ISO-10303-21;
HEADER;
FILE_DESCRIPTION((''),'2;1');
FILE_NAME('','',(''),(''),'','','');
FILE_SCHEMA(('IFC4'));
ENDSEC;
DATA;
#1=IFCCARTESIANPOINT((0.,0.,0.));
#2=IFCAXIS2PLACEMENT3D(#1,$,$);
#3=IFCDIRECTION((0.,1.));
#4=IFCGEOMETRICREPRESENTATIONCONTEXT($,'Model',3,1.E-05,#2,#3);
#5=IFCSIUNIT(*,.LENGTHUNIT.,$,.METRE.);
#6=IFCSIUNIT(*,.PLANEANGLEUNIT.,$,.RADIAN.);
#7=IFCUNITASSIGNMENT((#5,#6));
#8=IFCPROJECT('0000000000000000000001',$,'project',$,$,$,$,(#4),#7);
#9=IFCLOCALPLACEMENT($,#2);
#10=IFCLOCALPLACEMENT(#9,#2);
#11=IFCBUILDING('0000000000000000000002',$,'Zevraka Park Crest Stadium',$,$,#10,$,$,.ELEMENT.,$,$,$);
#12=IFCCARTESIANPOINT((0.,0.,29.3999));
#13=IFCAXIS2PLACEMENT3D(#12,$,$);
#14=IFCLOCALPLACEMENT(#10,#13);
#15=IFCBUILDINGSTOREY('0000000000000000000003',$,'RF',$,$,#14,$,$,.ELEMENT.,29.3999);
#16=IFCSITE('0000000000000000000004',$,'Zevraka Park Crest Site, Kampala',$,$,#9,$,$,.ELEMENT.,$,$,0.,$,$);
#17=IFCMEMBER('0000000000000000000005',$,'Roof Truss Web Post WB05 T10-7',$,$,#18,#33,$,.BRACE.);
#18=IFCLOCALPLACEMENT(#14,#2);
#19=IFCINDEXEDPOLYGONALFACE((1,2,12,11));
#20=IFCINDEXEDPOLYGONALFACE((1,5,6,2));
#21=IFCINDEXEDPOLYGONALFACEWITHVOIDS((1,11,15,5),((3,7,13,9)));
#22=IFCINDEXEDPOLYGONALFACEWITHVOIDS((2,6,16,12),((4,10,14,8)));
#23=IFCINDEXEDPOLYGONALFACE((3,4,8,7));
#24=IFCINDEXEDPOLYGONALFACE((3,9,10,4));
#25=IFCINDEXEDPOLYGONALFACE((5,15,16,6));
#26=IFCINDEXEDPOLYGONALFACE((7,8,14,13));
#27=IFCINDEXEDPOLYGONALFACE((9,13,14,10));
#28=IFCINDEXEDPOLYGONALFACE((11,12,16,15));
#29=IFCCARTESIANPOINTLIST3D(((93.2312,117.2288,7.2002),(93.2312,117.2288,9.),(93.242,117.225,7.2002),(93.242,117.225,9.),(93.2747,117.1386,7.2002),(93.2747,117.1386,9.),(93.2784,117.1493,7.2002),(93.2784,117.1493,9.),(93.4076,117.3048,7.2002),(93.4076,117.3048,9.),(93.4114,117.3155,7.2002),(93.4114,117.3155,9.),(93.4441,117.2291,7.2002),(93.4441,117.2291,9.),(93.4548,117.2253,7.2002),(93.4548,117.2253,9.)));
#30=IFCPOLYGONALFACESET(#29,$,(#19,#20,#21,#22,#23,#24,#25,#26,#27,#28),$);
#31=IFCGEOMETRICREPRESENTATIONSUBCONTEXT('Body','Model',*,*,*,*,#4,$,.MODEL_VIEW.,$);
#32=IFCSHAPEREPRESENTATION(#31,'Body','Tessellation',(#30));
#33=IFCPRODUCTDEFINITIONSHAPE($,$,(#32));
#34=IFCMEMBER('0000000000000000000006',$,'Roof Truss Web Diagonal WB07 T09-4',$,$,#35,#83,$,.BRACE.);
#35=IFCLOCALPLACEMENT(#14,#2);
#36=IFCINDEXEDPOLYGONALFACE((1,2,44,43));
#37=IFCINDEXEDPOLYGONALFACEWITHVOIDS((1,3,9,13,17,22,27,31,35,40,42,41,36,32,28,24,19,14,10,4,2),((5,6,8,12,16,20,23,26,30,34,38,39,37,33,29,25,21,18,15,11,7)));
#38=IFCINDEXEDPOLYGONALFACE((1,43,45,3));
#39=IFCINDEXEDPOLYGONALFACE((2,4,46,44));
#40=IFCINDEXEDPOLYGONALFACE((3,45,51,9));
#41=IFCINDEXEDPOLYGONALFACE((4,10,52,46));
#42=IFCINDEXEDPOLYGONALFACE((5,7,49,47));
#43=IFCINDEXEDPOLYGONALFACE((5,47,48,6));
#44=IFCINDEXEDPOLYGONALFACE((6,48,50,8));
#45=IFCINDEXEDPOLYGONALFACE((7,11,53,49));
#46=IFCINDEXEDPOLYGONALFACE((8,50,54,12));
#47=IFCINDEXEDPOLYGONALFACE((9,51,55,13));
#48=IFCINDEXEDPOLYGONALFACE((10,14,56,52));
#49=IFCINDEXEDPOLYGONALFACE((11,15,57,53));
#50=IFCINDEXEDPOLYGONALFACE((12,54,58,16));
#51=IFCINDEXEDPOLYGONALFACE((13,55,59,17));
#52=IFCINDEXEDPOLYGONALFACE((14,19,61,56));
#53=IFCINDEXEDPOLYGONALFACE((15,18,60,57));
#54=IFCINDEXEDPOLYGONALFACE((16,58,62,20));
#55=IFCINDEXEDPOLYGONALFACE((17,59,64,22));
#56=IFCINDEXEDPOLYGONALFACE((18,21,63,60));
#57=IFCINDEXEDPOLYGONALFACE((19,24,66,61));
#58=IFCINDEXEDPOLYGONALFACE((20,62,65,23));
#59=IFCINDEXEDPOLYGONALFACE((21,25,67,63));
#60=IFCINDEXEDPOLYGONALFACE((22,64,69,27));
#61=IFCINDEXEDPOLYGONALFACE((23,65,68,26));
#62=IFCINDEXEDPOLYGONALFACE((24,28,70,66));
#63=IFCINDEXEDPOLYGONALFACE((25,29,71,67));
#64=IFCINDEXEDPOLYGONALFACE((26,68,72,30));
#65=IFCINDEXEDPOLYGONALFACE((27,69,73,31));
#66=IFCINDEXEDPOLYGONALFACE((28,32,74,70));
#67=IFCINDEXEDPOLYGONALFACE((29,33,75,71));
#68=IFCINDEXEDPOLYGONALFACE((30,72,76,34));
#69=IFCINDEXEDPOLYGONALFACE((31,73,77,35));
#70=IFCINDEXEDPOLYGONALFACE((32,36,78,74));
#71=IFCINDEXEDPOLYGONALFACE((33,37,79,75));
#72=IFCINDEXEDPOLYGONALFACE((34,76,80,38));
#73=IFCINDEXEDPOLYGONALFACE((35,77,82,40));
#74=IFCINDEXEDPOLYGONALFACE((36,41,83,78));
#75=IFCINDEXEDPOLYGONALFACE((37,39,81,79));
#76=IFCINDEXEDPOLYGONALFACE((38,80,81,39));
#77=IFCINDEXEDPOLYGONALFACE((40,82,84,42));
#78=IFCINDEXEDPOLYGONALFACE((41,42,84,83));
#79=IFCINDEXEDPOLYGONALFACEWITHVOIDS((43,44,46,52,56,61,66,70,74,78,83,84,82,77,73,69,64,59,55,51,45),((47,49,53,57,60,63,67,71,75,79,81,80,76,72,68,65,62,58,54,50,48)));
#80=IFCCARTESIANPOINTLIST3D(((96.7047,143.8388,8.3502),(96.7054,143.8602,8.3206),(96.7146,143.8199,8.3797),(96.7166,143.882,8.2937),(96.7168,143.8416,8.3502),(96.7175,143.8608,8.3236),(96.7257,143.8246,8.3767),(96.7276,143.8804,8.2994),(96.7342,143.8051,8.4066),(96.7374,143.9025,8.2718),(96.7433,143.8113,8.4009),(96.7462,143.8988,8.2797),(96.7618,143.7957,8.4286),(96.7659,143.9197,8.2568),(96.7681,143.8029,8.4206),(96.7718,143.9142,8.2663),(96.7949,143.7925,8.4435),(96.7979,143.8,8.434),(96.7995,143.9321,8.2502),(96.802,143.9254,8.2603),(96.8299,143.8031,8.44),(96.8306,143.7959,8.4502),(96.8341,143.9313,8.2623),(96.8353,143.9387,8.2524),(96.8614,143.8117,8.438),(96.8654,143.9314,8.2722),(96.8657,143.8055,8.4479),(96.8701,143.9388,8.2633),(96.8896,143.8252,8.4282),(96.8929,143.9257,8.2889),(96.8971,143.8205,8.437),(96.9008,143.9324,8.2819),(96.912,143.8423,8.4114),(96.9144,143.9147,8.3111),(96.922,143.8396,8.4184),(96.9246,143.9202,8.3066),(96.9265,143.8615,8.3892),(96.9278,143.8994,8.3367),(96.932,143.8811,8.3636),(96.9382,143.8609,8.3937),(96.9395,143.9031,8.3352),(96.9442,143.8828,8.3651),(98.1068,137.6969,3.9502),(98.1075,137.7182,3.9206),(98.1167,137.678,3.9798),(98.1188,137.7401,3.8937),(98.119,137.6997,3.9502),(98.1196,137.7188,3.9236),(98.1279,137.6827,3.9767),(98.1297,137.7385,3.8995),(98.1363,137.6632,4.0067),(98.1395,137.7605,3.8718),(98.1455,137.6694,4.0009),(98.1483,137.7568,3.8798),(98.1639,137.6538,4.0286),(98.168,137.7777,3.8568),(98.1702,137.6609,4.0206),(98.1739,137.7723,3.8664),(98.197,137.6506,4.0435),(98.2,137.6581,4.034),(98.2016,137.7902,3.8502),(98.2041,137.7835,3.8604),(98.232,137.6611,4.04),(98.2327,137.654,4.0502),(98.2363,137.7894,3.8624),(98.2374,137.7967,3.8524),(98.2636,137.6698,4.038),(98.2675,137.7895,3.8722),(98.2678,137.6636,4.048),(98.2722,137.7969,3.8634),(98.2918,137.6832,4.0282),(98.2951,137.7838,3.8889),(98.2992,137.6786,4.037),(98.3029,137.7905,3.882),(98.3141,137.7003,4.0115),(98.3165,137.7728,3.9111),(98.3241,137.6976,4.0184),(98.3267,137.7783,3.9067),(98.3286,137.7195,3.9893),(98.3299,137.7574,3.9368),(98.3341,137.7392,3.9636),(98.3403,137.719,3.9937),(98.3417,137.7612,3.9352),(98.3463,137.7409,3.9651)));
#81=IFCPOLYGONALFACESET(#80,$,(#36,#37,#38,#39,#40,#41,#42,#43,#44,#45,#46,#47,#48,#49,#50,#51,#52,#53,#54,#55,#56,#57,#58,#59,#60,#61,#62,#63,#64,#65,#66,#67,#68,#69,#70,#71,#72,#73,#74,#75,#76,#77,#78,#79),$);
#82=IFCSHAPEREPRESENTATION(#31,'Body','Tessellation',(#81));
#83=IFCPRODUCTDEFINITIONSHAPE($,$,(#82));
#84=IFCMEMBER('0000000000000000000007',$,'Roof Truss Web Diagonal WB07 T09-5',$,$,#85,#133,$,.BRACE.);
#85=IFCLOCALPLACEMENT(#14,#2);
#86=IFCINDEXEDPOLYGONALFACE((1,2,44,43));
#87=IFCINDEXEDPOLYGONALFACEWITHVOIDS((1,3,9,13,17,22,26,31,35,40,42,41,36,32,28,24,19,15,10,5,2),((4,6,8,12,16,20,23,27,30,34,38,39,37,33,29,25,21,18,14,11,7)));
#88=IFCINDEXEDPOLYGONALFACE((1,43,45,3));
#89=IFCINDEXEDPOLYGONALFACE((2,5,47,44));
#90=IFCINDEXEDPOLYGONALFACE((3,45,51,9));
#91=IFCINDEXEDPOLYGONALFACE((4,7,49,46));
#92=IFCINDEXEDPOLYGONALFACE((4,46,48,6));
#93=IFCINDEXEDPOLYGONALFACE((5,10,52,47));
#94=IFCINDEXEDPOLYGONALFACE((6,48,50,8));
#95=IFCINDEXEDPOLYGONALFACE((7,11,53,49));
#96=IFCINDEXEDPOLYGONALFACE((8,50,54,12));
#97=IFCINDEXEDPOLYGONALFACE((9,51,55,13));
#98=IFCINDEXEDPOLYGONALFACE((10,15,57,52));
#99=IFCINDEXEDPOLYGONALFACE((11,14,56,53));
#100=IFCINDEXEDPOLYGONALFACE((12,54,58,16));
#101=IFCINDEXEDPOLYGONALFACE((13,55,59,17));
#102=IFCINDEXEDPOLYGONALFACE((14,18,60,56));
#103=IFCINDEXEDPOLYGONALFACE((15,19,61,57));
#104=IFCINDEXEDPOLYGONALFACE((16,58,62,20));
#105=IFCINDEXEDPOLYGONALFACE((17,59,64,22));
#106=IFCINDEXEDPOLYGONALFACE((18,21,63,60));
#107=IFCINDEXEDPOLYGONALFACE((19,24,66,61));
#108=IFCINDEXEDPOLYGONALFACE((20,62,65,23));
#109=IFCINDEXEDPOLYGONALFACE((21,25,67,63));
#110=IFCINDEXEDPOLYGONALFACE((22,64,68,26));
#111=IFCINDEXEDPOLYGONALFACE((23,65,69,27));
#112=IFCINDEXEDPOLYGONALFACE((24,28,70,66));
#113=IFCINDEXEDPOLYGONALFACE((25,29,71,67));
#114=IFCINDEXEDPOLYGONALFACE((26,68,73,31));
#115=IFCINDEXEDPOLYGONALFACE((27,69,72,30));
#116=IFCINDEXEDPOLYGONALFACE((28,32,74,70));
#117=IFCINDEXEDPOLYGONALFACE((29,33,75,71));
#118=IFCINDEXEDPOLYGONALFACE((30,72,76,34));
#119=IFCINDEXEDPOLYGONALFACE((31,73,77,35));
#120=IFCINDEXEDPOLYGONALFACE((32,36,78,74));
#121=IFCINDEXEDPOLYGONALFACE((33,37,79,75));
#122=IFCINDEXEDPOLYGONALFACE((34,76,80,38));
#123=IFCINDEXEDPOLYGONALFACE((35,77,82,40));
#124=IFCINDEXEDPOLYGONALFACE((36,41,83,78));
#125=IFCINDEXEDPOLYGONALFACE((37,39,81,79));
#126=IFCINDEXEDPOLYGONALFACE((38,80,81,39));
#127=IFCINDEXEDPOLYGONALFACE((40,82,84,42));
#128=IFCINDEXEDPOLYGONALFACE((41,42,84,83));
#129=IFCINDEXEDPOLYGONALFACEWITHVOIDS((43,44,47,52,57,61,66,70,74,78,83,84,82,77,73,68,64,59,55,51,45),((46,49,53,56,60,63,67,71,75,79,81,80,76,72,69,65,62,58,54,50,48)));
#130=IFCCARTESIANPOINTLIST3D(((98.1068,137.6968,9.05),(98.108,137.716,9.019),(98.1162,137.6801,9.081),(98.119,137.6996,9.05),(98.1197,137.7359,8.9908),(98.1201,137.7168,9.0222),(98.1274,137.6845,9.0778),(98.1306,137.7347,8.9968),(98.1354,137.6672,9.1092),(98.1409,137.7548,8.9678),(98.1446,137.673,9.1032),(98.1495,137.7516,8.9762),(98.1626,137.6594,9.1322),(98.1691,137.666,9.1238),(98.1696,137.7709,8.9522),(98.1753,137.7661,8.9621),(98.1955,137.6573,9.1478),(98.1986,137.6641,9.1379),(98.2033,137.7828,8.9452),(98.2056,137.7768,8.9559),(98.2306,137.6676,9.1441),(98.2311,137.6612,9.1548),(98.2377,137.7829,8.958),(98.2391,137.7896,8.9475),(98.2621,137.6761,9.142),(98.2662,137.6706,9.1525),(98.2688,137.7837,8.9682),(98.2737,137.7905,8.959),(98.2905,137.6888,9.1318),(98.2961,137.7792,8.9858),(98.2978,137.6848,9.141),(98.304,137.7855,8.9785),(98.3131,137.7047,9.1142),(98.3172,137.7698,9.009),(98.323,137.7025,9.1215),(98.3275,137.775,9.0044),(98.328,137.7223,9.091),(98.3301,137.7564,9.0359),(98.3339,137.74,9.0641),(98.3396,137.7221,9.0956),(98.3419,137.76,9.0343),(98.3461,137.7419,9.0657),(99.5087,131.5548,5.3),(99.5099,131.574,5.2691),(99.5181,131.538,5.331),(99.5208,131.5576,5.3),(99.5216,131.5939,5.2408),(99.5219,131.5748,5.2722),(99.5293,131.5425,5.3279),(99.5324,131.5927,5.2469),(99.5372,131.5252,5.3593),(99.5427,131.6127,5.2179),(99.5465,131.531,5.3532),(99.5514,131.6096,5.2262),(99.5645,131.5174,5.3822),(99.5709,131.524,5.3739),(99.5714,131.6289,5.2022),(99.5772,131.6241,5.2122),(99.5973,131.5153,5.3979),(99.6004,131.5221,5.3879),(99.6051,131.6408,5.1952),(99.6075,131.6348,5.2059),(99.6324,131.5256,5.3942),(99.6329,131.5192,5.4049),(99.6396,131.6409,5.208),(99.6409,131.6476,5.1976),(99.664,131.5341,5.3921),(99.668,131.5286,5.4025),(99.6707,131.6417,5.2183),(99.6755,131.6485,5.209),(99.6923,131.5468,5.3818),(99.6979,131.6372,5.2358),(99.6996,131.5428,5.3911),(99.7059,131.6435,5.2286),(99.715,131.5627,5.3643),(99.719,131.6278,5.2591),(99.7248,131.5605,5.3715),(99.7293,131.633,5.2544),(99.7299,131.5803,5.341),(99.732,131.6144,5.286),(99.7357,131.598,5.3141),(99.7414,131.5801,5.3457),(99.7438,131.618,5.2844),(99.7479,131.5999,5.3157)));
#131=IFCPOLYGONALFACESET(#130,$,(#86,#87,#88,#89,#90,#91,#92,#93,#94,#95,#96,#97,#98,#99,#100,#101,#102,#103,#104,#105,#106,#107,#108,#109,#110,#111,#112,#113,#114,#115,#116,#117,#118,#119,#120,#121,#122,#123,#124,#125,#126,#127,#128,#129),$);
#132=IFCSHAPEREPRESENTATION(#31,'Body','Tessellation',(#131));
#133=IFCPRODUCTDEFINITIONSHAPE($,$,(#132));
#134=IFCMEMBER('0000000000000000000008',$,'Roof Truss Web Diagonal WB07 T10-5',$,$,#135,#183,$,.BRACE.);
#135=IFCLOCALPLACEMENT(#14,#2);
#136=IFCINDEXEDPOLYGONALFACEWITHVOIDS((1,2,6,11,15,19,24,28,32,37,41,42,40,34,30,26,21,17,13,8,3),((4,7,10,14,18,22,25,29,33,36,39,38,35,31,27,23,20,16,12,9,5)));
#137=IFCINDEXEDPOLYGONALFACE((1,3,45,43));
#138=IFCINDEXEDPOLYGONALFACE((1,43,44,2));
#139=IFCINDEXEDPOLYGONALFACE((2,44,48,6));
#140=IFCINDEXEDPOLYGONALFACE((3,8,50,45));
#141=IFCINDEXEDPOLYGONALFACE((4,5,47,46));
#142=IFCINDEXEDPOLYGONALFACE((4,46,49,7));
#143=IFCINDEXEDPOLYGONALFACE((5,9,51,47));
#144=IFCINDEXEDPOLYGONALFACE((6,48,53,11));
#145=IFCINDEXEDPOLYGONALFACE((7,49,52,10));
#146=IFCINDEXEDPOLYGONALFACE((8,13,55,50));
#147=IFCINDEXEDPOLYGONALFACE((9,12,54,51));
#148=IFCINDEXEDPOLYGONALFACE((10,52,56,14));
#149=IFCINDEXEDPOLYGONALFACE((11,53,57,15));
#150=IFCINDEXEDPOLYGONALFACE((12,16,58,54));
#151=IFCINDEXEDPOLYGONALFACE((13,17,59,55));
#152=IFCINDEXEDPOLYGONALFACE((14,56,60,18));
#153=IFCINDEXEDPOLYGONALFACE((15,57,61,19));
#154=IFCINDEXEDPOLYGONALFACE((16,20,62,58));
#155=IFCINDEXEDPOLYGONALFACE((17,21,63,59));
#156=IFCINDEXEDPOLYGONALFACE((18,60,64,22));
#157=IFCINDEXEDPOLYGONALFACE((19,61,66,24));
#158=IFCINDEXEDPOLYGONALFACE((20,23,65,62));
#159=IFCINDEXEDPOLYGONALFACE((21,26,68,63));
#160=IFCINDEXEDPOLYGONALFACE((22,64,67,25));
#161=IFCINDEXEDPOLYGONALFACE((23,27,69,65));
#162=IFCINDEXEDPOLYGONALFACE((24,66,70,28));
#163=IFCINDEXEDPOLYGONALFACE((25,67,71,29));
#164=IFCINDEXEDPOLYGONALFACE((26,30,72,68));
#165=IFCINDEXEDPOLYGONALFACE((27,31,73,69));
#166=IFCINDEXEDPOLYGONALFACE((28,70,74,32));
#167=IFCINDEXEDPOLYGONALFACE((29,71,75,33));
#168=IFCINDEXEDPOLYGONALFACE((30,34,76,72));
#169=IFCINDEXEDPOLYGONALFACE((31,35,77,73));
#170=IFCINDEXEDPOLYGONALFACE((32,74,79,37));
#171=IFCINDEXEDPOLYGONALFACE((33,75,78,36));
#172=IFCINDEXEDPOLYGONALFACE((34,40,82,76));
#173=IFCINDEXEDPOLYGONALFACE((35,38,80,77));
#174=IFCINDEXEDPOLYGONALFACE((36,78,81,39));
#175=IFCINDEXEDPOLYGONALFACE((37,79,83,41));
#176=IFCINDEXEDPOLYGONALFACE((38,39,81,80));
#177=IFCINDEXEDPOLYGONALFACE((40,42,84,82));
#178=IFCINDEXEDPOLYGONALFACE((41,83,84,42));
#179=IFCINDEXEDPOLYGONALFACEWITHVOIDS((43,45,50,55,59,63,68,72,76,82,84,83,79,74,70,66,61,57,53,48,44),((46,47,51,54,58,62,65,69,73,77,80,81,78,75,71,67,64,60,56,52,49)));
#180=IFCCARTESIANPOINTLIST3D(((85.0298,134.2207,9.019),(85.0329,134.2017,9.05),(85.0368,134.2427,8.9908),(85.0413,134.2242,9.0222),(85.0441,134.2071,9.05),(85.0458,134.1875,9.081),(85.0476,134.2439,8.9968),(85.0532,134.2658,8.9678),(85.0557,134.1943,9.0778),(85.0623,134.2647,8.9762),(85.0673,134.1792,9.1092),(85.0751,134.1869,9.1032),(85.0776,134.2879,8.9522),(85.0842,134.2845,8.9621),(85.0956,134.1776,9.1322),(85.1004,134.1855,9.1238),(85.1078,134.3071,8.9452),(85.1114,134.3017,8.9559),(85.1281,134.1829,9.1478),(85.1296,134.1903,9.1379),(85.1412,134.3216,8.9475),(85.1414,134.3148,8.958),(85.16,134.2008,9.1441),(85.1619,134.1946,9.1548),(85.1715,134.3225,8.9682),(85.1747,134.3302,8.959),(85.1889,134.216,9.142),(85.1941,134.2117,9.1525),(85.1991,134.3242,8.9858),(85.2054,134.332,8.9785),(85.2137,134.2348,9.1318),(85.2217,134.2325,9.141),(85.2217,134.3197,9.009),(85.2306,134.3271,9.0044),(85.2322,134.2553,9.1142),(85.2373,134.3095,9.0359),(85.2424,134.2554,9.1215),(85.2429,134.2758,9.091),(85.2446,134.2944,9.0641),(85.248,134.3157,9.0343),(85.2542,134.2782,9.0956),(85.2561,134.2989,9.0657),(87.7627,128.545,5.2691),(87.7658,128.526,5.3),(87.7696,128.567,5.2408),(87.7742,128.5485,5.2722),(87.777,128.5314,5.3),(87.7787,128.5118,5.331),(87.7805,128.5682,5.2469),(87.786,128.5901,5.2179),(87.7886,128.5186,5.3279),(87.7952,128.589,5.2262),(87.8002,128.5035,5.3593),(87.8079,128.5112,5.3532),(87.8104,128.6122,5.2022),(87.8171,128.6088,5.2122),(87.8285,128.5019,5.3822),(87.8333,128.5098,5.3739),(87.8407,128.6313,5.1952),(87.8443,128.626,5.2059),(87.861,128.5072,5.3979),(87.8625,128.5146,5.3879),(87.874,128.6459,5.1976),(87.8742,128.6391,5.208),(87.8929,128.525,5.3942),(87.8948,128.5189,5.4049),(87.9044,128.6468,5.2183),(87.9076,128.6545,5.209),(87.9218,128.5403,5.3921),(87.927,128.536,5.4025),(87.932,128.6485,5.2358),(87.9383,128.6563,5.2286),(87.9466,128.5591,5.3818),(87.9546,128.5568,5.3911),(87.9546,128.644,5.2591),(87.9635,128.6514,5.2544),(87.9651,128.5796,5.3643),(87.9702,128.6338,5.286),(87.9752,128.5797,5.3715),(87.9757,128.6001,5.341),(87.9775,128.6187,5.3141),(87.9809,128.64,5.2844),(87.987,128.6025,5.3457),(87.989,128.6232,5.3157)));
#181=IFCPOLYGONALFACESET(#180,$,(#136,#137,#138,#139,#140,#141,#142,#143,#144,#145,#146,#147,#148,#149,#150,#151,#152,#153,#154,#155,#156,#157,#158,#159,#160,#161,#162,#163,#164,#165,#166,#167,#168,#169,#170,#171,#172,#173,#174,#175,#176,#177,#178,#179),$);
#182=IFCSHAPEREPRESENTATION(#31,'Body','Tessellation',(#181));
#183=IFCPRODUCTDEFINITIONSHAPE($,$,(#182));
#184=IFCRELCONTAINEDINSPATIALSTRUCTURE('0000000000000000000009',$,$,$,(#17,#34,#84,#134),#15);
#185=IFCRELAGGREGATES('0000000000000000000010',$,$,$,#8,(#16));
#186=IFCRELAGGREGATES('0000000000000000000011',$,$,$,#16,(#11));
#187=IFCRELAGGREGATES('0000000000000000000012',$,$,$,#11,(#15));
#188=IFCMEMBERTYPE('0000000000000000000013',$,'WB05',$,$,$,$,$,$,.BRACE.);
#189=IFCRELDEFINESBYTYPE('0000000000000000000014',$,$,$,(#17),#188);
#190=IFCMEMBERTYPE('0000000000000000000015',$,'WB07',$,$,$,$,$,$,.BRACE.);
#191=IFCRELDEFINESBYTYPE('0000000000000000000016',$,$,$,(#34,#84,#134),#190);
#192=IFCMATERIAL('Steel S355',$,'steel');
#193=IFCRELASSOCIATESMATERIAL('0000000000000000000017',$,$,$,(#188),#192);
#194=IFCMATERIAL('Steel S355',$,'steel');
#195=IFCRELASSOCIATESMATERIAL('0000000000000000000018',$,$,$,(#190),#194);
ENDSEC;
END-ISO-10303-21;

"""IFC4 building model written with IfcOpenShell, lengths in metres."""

from ifc_helpers import new_model, si_unit, direction, frame, origin, origin_2d, place, context, subcontext, project, spatial, hollow_rectangle, hollow_circle, extrude, material, material_profile, profile_set, type_object, element, save


model = new_model("IFC4")

# Units and contexts
model_context = context("Model", 3, precision=1e-05, world=origin(), true_north=direction((0.0, 1.0)))
body_context = subcontext(model_context, "Body", "Model", "MODEL_VIEW")
ifc_project = project(units=[si_unit("LENGTHUNIT", "METRE"), si_unit("PLANEANGLEUNIT", "RADIAN")], contexts=[model_context])

# Site, building, storey
site_placement = place(None, origin())
site = spatial("IfcSite", under=ifc_project, at=site_placement, Name="Zevraka Park Crest Site, Kampala", CompositionType="ELEMENT", RefElevation=0.0)
building_placement = place(site_placement, origin())
building = spatial("IfcBuilding", under=site, at=building_placement, Name="Zevraka Park Crest Stadium", CompositionType="ELEMENT")
storey_placement = place(building_placement, frame((0.0, 0.0, 29.3999)))
storey = spatial("IfcBuildingStorey", under=building, at=storey_placement, Name="RF", CompositionType="ELEMENT", Elevation=29.3999)

# Members
ifc_material_1 = material(Name="Steel S355", Category="steel")
ifc_material_profile_1 = material_profile(ifc_material_1, hollow_rectangle(XDim=0.1001, YDim=0.2, WallThickness=0.0081, at=origin_2d()), Name="RHS 200x100x8")
ifc_profile_set_1 = profile_set([ifc_material_profile_1], Name="Steel S355")
member_type_1 = type_object("IfcMemberType", Name="WB05", PredefinedType="BRACE", material=ifc_profile_set_1)
member_1_placement = place(storey_placement, frame((93.343, 117.2271, 7.2002), z_axis=(0.0, 0.0, 1.0), x_axis=(-0.433816, 0.901001, 0.0)))
element("IfcMember", 1, at=member_1_placement, inside=storey, type_object=member_type_1, Name="Roof Truss Web Post WB05 T10-7", PredefinedType="BRACE", context=body_context, shape_type="SweptSolid", body=[
    extrude(hollow_rectangle(XDim=0.1001, YDim=0.2, WallThickness=0.0081, at=origin_2d()), origin(), (0.0, 0.0, 1.0), 1.7998),
])
ifc_material_2 = material(Name="Steel S355", Category="steel")
ifc_material_profile_2 = material_profile(ifc_material_2, hollow_circle(Radius=0.1223, WallThickness=0.0125, at=origin_2d()), Name="CHS 244.5x12.5")
ifc_profile_set_2 = profile_set([ifc_material_profile_2], Name="Steel S355")
member_type_2 = type_object("IfcMemberType", Name="WB07", PredefinedType="BRACE", material=ifc_profile_set_2)
member_2_placement = place(storey_placement, frame((98.2261, 137.7241, 3.9502), z_axis=(-0.182465, 0.79928, 0.572589), x_axis=(-0.974919, -0.222561, 0.0)))
element("IfcMember", 2, at=member_2_placement, inside=storey, type_object=member_type_2, Name="Roof Truss Web Diagonal WB07 T09-4", PredefinedType="BRACE", context=body_context, shape_type="SweptSolid", body=[
    extrude(hollow_circle(Radius=0.1223, WallThickness=0.0125, at=origin_2d()), origin(), (0.0, 0.0, 1.0), 7.6843),
])
member_3_placement = place(storey_placement, frame((99.6279, 131.582, 5.3), z_axis=(-0.191206, 0.837751, 0.511482), x_axis=(-0.974929, -0.222515, 0.0)))
element("IfcMember", 3, at=member_3_placement, inside=storey, type_object=member_type_2, Name="Roof Truss Web Diagonal WB07 T09-5", PredefinedType="BRACE", context=body_context, shape_type="SweptSolid", body=[
    extrude(hollow_circle(Radius=0.1223, WallThickness=0.0125, at=origin_2d()), origin(), (0.0, 0.0, 1.0), 7.3315),
])
member_4_placement = place(storey_placement, frame((87.876, 128.5791, 5.3), z_axis=(-0.37278, 0.7742, 0.511516), x_axis=(-0.900994, -0.433832, 0.0)))
element("IfcMember", 4, at=member_4_placement, inside=storey, type_object=member_type_2, Name="Roof Truss Web Diagonal WB07 T10-5", PredefinedType="BRACE", context=body_context, shape_type="SweptSolid", body=[
    extrude(hollow_circle(Radius=0.1223, WallThickness=0.0125, at=origin_2d()), origin(), (0.0, 0.0, 1.0), 7.3311),
])

save(model, "model.ifc")
